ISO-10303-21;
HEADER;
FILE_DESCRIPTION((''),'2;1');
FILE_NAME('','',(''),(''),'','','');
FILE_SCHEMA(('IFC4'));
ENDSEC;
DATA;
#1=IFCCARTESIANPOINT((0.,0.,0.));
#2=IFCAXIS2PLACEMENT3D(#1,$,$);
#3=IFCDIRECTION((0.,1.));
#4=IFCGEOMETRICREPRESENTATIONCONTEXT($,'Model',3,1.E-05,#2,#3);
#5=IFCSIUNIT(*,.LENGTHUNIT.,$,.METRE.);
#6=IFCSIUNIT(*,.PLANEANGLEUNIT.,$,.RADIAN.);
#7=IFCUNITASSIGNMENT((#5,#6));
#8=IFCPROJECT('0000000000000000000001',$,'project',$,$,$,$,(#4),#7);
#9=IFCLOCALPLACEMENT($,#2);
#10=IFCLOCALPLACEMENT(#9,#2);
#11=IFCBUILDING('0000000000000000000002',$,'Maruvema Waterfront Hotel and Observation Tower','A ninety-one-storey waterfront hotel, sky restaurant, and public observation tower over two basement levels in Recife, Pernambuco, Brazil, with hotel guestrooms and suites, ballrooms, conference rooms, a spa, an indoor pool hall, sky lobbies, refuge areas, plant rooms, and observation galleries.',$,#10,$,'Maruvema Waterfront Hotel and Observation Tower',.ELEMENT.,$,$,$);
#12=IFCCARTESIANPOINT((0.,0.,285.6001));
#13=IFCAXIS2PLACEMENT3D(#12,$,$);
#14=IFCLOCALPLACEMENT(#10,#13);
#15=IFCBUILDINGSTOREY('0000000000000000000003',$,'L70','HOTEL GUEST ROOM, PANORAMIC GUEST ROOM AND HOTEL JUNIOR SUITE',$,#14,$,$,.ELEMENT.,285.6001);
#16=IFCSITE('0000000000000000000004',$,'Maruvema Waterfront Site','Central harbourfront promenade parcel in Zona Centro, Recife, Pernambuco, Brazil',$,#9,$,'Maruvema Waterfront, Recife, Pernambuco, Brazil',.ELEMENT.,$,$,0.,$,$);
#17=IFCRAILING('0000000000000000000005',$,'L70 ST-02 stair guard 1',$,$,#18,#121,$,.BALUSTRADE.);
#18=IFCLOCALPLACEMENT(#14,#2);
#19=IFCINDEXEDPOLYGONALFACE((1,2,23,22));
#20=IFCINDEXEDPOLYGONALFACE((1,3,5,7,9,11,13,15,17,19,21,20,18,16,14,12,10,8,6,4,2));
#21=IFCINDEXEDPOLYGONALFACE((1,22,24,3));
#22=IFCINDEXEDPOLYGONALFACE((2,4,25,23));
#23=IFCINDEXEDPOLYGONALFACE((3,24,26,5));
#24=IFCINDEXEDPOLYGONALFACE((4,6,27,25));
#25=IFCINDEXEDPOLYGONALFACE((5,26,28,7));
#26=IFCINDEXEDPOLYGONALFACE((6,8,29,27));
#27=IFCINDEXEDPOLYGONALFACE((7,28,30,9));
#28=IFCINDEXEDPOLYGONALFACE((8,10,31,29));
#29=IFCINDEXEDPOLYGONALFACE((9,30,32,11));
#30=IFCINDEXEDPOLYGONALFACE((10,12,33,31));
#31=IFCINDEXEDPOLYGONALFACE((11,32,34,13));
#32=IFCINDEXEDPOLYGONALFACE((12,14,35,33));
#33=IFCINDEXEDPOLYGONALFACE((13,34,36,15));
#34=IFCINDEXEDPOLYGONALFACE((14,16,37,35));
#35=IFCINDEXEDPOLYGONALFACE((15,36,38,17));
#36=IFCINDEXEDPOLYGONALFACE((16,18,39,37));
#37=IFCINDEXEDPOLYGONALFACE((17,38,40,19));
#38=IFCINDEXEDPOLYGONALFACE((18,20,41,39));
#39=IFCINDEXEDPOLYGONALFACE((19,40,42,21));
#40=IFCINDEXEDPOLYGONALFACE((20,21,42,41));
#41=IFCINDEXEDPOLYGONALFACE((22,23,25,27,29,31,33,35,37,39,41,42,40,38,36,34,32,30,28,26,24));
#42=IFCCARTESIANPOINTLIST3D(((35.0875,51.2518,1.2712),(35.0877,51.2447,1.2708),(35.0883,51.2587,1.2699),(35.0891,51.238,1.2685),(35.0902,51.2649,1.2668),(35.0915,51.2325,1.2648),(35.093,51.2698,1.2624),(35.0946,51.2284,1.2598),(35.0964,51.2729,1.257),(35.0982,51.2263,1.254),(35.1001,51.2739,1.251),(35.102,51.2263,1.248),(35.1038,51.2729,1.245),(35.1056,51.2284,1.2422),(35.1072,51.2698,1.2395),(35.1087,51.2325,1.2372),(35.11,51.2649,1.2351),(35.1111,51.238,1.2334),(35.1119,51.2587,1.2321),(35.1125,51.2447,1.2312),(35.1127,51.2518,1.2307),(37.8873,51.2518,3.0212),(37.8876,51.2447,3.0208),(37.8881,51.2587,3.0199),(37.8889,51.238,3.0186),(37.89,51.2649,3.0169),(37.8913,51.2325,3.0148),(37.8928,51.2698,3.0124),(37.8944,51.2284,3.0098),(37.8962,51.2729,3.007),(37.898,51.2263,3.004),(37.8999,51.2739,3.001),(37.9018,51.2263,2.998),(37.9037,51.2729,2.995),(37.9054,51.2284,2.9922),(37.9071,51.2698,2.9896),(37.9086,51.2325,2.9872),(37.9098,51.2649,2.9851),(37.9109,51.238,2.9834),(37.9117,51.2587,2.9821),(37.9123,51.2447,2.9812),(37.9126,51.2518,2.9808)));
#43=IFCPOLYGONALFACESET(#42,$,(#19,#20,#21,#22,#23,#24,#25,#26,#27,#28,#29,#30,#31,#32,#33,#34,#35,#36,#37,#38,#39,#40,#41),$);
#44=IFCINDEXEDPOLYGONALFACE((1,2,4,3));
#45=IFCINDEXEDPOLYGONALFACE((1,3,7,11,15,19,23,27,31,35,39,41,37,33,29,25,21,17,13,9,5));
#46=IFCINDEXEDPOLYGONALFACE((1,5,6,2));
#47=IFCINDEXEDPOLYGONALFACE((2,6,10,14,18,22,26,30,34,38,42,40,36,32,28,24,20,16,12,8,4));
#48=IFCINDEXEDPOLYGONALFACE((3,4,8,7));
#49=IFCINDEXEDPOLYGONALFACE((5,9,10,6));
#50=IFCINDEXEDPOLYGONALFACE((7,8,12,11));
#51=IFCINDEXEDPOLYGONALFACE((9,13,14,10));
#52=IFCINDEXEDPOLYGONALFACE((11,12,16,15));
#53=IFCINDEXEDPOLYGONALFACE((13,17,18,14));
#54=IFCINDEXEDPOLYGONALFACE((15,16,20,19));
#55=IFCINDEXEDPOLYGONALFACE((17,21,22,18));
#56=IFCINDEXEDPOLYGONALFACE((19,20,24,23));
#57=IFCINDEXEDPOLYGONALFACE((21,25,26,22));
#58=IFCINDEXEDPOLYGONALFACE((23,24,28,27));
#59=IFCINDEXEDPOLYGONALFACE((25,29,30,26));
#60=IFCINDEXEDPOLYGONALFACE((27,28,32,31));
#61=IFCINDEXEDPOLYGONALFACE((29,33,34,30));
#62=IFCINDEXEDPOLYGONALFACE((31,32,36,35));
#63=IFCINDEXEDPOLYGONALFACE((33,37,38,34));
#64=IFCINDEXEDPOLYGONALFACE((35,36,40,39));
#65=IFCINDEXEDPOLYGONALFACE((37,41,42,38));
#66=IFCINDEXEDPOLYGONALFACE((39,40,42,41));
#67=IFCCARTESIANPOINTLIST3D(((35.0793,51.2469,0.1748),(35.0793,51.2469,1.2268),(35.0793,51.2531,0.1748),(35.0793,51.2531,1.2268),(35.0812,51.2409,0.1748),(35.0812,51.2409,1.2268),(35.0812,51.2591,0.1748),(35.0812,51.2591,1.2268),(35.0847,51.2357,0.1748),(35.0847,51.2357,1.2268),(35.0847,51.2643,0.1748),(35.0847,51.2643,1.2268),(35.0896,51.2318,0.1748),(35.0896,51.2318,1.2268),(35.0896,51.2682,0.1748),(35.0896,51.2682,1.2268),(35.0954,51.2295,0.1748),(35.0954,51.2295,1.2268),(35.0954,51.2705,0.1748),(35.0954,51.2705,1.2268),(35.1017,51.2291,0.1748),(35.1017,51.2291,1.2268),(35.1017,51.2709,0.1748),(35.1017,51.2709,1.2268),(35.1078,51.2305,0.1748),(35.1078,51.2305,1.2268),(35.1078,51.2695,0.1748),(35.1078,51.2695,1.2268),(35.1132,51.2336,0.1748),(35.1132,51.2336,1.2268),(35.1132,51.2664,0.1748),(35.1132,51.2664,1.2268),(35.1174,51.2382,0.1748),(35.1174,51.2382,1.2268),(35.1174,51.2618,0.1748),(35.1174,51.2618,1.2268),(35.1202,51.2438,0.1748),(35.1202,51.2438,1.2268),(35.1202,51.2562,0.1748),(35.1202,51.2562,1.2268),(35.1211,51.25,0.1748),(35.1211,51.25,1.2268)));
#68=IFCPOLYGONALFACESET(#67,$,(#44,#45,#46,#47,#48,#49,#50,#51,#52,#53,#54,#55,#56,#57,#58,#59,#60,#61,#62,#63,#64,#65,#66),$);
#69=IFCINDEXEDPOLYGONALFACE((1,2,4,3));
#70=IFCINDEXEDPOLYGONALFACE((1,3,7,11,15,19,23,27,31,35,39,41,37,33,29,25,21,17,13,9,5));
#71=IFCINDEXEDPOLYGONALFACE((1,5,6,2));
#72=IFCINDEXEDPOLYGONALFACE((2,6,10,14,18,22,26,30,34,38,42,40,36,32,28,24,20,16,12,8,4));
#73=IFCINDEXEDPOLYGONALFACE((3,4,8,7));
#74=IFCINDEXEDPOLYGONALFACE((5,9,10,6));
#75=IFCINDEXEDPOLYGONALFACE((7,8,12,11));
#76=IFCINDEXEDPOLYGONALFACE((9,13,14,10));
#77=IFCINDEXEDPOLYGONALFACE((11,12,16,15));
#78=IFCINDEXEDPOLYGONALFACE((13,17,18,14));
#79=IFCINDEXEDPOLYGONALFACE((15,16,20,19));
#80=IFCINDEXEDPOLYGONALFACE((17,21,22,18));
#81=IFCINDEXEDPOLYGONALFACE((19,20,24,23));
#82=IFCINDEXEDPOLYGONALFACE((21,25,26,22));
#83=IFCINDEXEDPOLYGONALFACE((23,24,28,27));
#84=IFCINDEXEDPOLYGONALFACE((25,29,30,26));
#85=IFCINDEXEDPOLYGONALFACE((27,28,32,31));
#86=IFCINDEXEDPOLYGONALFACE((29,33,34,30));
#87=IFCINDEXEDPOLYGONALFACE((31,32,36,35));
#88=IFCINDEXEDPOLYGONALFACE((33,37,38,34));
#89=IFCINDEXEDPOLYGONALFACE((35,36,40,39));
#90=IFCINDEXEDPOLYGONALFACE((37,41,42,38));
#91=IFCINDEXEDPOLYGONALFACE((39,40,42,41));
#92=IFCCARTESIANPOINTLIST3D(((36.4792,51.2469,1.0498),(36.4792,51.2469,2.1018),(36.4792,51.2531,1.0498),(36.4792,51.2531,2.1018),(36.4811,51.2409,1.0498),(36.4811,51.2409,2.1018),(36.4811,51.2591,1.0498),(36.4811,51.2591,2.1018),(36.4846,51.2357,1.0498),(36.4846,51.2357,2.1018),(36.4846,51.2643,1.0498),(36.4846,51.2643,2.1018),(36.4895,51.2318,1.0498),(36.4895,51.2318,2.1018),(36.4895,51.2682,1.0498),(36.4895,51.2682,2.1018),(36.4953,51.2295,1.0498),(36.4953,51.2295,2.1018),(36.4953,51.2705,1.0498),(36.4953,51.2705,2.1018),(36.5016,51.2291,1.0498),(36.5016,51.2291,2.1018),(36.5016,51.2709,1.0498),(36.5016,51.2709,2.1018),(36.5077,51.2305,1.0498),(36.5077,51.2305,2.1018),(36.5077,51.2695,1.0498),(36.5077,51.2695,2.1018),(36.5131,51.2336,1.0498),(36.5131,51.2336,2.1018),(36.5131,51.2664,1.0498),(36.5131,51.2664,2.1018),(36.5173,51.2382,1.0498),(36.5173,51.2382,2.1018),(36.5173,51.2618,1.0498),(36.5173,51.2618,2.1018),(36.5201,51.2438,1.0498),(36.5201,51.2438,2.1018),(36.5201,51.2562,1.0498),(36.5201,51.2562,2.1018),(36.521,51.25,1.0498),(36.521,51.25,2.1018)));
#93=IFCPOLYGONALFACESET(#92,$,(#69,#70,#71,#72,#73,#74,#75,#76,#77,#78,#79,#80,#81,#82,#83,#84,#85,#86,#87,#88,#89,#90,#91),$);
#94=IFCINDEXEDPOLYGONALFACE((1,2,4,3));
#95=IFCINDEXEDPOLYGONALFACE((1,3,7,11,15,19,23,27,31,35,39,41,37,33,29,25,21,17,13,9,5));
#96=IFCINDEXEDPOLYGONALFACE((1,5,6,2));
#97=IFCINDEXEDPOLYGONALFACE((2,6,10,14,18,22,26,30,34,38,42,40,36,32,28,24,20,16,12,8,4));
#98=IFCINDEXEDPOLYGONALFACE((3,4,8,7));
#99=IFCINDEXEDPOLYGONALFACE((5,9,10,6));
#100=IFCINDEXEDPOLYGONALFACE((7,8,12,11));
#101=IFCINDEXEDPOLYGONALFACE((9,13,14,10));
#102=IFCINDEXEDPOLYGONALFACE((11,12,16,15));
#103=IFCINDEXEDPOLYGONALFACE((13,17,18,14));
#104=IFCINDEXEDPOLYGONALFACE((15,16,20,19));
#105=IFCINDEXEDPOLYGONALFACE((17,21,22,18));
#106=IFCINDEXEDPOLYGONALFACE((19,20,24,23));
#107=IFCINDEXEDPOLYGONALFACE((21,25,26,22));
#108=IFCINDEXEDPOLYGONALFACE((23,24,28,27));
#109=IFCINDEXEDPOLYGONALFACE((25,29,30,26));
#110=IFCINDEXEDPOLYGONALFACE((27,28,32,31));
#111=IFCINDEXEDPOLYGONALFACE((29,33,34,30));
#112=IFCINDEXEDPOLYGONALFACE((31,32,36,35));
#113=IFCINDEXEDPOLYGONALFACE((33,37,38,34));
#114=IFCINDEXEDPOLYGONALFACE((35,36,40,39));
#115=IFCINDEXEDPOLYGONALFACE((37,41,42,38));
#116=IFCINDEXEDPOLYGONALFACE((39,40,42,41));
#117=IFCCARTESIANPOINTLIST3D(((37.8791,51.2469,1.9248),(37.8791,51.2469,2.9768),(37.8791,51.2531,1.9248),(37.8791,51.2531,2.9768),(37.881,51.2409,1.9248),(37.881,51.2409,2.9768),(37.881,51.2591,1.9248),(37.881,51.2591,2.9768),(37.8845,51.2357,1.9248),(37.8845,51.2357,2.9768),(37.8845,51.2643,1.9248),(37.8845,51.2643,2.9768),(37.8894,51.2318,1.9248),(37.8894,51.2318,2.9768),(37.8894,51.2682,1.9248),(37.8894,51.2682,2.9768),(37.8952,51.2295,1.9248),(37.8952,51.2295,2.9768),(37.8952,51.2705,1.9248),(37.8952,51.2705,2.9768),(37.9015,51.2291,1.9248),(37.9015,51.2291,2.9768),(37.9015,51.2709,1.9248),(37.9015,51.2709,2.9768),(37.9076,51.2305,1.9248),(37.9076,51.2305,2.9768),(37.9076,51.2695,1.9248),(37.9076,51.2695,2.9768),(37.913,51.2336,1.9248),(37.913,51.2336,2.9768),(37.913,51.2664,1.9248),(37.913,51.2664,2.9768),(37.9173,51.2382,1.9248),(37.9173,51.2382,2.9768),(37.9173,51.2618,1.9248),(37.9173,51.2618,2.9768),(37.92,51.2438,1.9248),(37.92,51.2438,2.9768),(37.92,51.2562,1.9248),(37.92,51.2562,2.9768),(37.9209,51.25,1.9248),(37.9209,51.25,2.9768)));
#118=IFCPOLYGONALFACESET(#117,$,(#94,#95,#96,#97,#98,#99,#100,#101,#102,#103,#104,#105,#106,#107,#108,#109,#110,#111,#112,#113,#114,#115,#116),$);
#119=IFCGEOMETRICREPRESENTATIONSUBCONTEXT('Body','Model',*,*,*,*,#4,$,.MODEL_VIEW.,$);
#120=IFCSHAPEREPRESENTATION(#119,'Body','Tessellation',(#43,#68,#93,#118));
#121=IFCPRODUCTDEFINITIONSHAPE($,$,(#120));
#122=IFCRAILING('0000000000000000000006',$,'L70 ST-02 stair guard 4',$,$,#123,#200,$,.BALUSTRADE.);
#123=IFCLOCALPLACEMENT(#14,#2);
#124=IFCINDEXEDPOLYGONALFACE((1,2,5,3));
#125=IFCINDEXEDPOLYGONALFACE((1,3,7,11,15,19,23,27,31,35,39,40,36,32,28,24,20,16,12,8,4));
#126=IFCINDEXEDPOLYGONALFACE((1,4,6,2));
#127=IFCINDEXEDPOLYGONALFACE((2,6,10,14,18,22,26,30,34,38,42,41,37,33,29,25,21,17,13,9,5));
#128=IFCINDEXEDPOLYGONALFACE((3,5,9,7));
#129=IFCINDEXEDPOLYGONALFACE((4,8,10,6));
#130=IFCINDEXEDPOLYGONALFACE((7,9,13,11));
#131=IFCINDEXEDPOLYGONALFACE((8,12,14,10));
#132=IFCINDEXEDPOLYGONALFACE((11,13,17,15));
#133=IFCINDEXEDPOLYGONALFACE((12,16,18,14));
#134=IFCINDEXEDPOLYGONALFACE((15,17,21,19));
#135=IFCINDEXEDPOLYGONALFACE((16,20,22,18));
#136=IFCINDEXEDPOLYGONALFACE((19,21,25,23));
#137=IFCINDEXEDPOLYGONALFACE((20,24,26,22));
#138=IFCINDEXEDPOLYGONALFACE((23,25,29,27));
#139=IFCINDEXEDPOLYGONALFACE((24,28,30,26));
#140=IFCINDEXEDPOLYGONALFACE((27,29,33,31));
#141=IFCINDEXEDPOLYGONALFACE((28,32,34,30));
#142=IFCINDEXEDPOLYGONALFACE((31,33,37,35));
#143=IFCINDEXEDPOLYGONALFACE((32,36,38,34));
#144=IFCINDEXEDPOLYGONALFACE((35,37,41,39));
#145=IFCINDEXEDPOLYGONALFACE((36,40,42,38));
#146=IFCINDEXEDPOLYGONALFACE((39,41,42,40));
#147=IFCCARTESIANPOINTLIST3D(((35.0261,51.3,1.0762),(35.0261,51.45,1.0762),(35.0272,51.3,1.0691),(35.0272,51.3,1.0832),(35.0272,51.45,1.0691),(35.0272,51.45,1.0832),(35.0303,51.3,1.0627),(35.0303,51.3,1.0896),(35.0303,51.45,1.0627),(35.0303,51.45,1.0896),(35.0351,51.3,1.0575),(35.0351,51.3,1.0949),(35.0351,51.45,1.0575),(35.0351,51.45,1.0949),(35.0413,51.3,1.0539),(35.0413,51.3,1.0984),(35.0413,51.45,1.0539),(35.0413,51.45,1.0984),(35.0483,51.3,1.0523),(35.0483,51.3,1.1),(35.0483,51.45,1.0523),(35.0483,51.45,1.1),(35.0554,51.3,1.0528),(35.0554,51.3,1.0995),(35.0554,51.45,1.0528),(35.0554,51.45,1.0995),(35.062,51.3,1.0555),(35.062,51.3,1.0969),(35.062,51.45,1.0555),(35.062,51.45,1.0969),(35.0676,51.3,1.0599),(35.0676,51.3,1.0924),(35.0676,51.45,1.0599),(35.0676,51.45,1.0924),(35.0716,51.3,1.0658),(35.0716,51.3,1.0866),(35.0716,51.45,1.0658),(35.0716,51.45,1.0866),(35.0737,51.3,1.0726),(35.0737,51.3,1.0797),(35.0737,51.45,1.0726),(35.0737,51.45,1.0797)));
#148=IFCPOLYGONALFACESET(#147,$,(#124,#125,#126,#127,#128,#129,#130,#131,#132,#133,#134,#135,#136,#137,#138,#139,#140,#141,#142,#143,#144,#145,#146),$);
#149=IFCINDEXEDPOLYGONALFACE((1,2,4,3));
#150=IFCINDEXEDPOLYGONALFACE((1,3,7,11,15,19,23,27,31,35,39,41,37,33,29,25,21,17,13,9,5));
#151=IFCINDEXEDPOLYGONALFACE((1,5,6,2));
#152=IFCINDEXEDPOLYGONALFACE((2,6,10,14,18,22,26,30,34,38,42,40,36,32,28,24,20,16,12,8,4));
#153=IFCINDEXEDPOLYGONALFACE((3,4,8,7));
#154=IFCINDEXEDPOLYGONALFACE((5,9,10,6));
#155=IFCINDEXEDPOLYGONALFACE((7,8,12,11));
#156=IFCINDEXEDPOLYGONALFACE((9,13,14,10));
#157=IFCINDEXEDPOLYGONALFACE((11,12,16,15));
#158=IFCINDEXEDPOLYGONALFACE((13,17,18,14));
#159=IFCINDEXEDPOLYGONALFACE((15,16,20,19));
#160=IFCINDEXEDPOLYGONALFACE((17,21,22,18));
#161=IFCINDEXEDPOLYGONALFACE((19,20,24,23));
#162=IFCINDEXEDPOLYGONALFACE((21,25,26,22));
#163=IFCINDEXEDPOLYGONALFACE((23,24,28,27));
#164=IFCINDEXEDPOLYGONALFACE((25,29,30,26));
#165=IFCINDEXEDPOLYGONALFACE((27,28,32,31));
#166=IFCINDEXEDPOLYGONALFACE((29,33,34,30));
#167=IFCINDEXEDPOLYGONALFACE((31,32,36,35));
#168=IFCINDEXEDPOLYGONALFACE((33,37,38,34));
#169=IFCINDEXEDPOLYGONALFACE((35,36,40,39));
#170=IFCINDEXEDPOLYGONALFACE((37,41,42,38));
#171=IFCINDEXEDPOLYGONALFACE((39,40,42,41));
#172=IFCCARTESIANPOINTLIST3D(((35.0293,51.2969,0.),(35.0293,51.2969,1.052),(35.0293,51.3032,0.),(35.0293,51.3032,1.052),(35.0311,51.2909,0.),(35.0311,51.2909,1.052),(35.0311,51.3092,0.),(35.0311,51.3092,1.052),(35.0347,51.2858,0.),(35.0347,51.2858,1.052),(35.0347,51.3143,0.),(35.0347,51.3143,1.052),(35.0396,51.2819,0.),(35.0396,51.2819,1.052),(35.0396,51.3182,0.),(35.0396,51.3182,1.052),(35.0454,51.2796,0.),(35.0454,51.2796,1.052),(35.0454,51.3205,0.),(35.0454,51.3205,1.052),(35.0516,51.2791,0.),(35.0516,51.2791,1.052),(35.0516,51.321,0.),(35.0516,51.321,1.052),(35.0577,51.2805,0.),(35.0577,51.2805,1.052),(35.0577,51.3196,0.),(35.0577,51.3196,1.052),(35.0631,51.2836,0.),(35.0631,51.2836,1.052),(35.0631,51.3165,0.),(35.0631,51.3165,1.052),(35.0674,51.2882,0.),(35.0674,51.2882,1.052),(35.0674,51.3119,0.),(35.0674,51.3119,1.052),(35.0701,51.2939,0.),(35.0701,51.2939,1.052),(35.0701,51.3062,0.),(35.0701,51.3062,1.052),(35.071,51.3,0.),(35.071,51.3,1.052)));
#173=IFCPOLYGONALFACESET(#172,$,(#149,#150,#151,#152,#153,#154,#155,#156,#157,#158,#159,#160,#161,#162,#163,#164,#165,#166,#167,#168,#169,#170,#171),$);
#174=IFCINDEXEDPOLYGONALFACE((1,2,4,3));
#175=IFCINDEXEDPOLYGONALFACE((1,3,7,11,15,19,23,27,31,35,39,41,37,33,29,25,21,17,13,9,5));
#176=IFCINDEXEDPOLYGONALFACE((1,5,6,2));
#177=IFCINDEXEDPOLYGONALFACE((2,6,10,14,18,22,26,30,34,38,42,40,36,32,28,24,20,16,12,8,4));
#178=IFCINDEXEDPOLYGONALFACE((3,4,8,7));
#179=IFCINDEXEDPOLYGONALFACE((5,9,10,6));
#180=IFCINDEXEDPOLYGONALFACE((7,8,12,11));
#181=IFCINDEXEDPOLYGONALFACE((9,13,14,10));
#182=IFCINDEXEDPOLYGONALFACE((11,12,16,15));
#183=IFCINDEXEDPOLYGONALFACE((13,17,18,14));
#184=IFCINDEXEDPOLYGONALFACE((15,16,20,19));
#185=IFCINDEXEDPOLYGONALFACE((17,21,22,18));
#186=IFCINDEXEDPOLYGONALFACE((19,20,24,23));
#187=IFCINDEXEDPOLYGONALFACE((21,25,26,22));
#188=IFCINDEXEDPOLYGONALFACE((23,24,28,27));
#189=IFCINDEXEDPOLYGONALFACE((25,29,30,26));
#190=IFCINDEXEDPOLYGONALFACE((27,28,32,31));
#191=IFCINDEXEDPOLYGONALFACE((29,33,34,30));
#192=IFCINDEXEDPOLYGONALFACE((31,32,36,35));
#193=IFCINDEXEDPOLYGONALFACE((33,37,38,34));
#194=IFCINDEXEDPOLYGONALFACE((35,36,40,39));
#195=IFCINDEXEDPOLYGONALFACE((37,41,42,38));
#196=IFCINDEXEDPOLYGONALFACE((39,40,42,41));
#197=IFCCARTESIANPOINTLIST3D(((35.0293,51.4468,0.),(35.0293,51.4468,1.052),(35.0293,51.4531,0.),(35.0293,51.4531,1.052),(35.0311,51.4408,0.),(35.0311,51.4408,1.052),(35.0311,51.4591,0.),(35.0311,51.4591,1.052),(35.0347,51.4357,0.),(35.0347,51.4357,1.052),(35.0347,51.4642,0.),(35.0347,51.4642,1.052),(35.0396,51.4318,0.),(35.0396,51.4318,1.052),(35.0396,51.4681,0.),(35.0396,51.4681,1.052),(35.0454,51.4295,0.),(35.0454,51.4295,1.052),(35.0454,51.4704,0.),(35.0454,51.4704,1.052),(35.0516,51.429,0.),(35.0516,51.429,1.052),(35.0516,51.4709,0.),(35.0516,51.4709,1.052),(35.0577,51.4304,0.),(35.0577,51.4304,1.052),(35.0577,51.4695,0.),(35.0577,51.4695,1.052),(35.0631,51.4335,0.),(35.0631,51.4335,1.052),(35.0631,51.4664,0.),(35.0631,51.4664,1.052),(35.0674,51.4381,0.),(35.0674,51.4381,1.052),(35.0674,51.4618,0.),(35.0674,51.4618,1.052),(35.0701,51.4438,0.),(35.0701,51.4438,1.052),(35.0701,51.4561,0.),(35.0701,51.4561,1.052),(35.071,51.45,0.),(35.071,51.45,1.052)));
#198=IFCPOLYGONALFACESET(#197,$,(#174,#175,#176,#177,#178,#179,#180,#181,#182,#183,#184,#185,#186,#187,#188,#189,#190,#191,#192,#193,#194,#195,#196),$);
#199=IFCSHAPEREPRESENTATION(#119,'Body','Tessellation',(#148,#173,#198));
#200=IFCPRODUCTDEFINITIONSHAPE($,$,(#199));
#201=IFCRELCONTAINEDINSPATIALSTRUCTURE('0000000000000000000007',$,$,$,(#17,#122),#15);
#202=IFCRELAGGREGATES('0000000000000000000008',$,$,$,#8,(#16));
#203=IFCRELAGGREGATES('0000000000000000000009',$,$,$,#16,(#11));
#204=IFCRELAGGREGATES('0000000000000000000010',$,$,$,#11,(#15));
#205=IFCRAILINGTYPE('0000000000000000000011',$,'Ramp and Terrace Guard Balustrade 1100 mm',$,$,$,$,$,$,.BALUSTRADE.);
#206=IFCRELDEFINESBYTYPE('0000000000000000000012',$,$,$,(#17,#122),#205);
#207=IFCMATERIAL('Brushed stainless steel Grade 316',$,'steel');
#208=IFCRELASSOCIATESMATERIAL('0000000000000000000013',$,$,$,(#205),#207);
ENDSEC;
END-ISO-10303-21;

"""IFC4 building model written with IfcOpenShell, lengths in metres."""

from ifc_helpers import new_model, si_unit, direction, frame, origin, origin_2d, place, context, subcontext, project, spatial, circle, extrude, material, type_object, element, save


model = new_model("IFC4")

# Units and contexts
model_context = context("Model", 3, precision=1e-05, world=origin(), true_north=direction((0.0, 1.0)))
body_context = subcontext(model_context, "Body", "Model", "MODEL_VIEW")
ifc_project = project(units=[si_unit("LENGTHUNIT", "METRE"), si_unit("PLANEANGLEUNIT", "RADIAN")], contexts=[model_context])

# Site, building, storey
site_placement = place(None, origin())
site = spatial("IfcSite", under=ifc_project, at=site_placement, Name="Maruvema Waterfront Site", Description="Central harbourfront promenade parcel in Zona Centro, Recife, Pernambuco, Brazil", LongName="Maruvema Waterfront, Recife, Pernambuco, Brazil", CompositionType="ELEMENT", RefElevation=0.0)
building_placement = place(site_placement, origin())
building = spatial("IfcBuilding", under=site, at=building_placement, Name="Maruvema Waterfront Hotel and Observation Tower", Description="A ninety-one-storey waterfront hotel, sky restaurant, and public observation tower over two basement levels in Recife, Pernambuco, Brazil, with hotel guestrooms and suites, ballrooms, conference rooms, a spa, an indoor pool hall, sky lobbies, refuge areas, plant rooms, and observation galleries.", LongName="Maruvema Waterfront Hotel and Observation Tower", CompositionType="ELEMENT")
storey_placement = place(building_placement, frame((0.0, 0.0, 285.6001)))
storey = spatial("IfcBuildingStorey", under=building, at=storey_placement, Name="L70", Description="HOTEL GUEST ROOM, PANORAMIC GUEST ROOM AND HOTEL JUNIOR SUITE", CompositionType="ELEMENT", Elevation=285.6001)

# Railings
ifc_material_1 = material(Name="Brushed stainless steel Grade 316", Category="steel")
railing_type_1 = type_object("IfcRailingType", Name="Ramp and Terrace Guard Balustrade 1100 mm", PredefinedType="BALUSTRADE", material=ifc_material_1)
railing_1_placement = place(storey_placement, frame((35.1001, 51.25, 0.1748)))
element("IfcRailing", 1, at=railing_1_placement, inside=storey, type_object=railing_type_1, Name="L70 ST-02 stair guard 1", PredefinedType="BALUSTRADE", context=body_context, shape_type="SweptSolid", body=[
    extrude(circle(Radius=0.0239, at=origin_2d()), frame((0.0, 0.0, 1.0762), z_axis=(0.847982, 0.0, 0.530026), x_axis=(0.0, 1.0, 0.0)), (0.0, 0.0, 1.0), 3.3018),
    extrude(circle(Radius=0.021, at=origin_2d()), origin(), (0.0, 0.0, 1.0), 1.052),
    extrude(circle(Radius=0.021, at=origin_2d()), frame((1.3999, 0.0, 0.875)), (0.0, 0.0, 1.0), 1.052),
    extrude(circle(Radius=0.021, at=origin_2d()), frame((2.7998, 0.0, 1.75)), (0.0, 0.0, 1.0), 1.052),
])
railing_2_placement = place(storey_placement, frame((35.05, 51.3, 0.0)))
element("IfcRailing", 2, at=railing_2_placement, inside=storey, type_object=railing_type_1, Name="L70 ST-02 stair guard 4", PredefinedType="BALUSTRADE", context=body_context, shape_type="SweptSolid", body=[
    extrude(circle(Radius=0.0239, at=origin_2d()), frame((0.0, 0.0, 1.0762), z_axis=(0.0, 1.0, 0.0), x_axis=(-1.0, 0.0, 0.0)), (0.0, 0.0, 1.0), 0.1499),
    extrude(circle(Radius=0.021, at=origin_2d()), origin(), (0.0, 0.0, 1.0), 1.052),
    extrude(circle(Radius=0.021, at=origin_2d()), frame((0.0, 0.1499, 0.0)), (0.0, 0.0, 1.0), 1.052),
])

save(model, "model.ifc")
